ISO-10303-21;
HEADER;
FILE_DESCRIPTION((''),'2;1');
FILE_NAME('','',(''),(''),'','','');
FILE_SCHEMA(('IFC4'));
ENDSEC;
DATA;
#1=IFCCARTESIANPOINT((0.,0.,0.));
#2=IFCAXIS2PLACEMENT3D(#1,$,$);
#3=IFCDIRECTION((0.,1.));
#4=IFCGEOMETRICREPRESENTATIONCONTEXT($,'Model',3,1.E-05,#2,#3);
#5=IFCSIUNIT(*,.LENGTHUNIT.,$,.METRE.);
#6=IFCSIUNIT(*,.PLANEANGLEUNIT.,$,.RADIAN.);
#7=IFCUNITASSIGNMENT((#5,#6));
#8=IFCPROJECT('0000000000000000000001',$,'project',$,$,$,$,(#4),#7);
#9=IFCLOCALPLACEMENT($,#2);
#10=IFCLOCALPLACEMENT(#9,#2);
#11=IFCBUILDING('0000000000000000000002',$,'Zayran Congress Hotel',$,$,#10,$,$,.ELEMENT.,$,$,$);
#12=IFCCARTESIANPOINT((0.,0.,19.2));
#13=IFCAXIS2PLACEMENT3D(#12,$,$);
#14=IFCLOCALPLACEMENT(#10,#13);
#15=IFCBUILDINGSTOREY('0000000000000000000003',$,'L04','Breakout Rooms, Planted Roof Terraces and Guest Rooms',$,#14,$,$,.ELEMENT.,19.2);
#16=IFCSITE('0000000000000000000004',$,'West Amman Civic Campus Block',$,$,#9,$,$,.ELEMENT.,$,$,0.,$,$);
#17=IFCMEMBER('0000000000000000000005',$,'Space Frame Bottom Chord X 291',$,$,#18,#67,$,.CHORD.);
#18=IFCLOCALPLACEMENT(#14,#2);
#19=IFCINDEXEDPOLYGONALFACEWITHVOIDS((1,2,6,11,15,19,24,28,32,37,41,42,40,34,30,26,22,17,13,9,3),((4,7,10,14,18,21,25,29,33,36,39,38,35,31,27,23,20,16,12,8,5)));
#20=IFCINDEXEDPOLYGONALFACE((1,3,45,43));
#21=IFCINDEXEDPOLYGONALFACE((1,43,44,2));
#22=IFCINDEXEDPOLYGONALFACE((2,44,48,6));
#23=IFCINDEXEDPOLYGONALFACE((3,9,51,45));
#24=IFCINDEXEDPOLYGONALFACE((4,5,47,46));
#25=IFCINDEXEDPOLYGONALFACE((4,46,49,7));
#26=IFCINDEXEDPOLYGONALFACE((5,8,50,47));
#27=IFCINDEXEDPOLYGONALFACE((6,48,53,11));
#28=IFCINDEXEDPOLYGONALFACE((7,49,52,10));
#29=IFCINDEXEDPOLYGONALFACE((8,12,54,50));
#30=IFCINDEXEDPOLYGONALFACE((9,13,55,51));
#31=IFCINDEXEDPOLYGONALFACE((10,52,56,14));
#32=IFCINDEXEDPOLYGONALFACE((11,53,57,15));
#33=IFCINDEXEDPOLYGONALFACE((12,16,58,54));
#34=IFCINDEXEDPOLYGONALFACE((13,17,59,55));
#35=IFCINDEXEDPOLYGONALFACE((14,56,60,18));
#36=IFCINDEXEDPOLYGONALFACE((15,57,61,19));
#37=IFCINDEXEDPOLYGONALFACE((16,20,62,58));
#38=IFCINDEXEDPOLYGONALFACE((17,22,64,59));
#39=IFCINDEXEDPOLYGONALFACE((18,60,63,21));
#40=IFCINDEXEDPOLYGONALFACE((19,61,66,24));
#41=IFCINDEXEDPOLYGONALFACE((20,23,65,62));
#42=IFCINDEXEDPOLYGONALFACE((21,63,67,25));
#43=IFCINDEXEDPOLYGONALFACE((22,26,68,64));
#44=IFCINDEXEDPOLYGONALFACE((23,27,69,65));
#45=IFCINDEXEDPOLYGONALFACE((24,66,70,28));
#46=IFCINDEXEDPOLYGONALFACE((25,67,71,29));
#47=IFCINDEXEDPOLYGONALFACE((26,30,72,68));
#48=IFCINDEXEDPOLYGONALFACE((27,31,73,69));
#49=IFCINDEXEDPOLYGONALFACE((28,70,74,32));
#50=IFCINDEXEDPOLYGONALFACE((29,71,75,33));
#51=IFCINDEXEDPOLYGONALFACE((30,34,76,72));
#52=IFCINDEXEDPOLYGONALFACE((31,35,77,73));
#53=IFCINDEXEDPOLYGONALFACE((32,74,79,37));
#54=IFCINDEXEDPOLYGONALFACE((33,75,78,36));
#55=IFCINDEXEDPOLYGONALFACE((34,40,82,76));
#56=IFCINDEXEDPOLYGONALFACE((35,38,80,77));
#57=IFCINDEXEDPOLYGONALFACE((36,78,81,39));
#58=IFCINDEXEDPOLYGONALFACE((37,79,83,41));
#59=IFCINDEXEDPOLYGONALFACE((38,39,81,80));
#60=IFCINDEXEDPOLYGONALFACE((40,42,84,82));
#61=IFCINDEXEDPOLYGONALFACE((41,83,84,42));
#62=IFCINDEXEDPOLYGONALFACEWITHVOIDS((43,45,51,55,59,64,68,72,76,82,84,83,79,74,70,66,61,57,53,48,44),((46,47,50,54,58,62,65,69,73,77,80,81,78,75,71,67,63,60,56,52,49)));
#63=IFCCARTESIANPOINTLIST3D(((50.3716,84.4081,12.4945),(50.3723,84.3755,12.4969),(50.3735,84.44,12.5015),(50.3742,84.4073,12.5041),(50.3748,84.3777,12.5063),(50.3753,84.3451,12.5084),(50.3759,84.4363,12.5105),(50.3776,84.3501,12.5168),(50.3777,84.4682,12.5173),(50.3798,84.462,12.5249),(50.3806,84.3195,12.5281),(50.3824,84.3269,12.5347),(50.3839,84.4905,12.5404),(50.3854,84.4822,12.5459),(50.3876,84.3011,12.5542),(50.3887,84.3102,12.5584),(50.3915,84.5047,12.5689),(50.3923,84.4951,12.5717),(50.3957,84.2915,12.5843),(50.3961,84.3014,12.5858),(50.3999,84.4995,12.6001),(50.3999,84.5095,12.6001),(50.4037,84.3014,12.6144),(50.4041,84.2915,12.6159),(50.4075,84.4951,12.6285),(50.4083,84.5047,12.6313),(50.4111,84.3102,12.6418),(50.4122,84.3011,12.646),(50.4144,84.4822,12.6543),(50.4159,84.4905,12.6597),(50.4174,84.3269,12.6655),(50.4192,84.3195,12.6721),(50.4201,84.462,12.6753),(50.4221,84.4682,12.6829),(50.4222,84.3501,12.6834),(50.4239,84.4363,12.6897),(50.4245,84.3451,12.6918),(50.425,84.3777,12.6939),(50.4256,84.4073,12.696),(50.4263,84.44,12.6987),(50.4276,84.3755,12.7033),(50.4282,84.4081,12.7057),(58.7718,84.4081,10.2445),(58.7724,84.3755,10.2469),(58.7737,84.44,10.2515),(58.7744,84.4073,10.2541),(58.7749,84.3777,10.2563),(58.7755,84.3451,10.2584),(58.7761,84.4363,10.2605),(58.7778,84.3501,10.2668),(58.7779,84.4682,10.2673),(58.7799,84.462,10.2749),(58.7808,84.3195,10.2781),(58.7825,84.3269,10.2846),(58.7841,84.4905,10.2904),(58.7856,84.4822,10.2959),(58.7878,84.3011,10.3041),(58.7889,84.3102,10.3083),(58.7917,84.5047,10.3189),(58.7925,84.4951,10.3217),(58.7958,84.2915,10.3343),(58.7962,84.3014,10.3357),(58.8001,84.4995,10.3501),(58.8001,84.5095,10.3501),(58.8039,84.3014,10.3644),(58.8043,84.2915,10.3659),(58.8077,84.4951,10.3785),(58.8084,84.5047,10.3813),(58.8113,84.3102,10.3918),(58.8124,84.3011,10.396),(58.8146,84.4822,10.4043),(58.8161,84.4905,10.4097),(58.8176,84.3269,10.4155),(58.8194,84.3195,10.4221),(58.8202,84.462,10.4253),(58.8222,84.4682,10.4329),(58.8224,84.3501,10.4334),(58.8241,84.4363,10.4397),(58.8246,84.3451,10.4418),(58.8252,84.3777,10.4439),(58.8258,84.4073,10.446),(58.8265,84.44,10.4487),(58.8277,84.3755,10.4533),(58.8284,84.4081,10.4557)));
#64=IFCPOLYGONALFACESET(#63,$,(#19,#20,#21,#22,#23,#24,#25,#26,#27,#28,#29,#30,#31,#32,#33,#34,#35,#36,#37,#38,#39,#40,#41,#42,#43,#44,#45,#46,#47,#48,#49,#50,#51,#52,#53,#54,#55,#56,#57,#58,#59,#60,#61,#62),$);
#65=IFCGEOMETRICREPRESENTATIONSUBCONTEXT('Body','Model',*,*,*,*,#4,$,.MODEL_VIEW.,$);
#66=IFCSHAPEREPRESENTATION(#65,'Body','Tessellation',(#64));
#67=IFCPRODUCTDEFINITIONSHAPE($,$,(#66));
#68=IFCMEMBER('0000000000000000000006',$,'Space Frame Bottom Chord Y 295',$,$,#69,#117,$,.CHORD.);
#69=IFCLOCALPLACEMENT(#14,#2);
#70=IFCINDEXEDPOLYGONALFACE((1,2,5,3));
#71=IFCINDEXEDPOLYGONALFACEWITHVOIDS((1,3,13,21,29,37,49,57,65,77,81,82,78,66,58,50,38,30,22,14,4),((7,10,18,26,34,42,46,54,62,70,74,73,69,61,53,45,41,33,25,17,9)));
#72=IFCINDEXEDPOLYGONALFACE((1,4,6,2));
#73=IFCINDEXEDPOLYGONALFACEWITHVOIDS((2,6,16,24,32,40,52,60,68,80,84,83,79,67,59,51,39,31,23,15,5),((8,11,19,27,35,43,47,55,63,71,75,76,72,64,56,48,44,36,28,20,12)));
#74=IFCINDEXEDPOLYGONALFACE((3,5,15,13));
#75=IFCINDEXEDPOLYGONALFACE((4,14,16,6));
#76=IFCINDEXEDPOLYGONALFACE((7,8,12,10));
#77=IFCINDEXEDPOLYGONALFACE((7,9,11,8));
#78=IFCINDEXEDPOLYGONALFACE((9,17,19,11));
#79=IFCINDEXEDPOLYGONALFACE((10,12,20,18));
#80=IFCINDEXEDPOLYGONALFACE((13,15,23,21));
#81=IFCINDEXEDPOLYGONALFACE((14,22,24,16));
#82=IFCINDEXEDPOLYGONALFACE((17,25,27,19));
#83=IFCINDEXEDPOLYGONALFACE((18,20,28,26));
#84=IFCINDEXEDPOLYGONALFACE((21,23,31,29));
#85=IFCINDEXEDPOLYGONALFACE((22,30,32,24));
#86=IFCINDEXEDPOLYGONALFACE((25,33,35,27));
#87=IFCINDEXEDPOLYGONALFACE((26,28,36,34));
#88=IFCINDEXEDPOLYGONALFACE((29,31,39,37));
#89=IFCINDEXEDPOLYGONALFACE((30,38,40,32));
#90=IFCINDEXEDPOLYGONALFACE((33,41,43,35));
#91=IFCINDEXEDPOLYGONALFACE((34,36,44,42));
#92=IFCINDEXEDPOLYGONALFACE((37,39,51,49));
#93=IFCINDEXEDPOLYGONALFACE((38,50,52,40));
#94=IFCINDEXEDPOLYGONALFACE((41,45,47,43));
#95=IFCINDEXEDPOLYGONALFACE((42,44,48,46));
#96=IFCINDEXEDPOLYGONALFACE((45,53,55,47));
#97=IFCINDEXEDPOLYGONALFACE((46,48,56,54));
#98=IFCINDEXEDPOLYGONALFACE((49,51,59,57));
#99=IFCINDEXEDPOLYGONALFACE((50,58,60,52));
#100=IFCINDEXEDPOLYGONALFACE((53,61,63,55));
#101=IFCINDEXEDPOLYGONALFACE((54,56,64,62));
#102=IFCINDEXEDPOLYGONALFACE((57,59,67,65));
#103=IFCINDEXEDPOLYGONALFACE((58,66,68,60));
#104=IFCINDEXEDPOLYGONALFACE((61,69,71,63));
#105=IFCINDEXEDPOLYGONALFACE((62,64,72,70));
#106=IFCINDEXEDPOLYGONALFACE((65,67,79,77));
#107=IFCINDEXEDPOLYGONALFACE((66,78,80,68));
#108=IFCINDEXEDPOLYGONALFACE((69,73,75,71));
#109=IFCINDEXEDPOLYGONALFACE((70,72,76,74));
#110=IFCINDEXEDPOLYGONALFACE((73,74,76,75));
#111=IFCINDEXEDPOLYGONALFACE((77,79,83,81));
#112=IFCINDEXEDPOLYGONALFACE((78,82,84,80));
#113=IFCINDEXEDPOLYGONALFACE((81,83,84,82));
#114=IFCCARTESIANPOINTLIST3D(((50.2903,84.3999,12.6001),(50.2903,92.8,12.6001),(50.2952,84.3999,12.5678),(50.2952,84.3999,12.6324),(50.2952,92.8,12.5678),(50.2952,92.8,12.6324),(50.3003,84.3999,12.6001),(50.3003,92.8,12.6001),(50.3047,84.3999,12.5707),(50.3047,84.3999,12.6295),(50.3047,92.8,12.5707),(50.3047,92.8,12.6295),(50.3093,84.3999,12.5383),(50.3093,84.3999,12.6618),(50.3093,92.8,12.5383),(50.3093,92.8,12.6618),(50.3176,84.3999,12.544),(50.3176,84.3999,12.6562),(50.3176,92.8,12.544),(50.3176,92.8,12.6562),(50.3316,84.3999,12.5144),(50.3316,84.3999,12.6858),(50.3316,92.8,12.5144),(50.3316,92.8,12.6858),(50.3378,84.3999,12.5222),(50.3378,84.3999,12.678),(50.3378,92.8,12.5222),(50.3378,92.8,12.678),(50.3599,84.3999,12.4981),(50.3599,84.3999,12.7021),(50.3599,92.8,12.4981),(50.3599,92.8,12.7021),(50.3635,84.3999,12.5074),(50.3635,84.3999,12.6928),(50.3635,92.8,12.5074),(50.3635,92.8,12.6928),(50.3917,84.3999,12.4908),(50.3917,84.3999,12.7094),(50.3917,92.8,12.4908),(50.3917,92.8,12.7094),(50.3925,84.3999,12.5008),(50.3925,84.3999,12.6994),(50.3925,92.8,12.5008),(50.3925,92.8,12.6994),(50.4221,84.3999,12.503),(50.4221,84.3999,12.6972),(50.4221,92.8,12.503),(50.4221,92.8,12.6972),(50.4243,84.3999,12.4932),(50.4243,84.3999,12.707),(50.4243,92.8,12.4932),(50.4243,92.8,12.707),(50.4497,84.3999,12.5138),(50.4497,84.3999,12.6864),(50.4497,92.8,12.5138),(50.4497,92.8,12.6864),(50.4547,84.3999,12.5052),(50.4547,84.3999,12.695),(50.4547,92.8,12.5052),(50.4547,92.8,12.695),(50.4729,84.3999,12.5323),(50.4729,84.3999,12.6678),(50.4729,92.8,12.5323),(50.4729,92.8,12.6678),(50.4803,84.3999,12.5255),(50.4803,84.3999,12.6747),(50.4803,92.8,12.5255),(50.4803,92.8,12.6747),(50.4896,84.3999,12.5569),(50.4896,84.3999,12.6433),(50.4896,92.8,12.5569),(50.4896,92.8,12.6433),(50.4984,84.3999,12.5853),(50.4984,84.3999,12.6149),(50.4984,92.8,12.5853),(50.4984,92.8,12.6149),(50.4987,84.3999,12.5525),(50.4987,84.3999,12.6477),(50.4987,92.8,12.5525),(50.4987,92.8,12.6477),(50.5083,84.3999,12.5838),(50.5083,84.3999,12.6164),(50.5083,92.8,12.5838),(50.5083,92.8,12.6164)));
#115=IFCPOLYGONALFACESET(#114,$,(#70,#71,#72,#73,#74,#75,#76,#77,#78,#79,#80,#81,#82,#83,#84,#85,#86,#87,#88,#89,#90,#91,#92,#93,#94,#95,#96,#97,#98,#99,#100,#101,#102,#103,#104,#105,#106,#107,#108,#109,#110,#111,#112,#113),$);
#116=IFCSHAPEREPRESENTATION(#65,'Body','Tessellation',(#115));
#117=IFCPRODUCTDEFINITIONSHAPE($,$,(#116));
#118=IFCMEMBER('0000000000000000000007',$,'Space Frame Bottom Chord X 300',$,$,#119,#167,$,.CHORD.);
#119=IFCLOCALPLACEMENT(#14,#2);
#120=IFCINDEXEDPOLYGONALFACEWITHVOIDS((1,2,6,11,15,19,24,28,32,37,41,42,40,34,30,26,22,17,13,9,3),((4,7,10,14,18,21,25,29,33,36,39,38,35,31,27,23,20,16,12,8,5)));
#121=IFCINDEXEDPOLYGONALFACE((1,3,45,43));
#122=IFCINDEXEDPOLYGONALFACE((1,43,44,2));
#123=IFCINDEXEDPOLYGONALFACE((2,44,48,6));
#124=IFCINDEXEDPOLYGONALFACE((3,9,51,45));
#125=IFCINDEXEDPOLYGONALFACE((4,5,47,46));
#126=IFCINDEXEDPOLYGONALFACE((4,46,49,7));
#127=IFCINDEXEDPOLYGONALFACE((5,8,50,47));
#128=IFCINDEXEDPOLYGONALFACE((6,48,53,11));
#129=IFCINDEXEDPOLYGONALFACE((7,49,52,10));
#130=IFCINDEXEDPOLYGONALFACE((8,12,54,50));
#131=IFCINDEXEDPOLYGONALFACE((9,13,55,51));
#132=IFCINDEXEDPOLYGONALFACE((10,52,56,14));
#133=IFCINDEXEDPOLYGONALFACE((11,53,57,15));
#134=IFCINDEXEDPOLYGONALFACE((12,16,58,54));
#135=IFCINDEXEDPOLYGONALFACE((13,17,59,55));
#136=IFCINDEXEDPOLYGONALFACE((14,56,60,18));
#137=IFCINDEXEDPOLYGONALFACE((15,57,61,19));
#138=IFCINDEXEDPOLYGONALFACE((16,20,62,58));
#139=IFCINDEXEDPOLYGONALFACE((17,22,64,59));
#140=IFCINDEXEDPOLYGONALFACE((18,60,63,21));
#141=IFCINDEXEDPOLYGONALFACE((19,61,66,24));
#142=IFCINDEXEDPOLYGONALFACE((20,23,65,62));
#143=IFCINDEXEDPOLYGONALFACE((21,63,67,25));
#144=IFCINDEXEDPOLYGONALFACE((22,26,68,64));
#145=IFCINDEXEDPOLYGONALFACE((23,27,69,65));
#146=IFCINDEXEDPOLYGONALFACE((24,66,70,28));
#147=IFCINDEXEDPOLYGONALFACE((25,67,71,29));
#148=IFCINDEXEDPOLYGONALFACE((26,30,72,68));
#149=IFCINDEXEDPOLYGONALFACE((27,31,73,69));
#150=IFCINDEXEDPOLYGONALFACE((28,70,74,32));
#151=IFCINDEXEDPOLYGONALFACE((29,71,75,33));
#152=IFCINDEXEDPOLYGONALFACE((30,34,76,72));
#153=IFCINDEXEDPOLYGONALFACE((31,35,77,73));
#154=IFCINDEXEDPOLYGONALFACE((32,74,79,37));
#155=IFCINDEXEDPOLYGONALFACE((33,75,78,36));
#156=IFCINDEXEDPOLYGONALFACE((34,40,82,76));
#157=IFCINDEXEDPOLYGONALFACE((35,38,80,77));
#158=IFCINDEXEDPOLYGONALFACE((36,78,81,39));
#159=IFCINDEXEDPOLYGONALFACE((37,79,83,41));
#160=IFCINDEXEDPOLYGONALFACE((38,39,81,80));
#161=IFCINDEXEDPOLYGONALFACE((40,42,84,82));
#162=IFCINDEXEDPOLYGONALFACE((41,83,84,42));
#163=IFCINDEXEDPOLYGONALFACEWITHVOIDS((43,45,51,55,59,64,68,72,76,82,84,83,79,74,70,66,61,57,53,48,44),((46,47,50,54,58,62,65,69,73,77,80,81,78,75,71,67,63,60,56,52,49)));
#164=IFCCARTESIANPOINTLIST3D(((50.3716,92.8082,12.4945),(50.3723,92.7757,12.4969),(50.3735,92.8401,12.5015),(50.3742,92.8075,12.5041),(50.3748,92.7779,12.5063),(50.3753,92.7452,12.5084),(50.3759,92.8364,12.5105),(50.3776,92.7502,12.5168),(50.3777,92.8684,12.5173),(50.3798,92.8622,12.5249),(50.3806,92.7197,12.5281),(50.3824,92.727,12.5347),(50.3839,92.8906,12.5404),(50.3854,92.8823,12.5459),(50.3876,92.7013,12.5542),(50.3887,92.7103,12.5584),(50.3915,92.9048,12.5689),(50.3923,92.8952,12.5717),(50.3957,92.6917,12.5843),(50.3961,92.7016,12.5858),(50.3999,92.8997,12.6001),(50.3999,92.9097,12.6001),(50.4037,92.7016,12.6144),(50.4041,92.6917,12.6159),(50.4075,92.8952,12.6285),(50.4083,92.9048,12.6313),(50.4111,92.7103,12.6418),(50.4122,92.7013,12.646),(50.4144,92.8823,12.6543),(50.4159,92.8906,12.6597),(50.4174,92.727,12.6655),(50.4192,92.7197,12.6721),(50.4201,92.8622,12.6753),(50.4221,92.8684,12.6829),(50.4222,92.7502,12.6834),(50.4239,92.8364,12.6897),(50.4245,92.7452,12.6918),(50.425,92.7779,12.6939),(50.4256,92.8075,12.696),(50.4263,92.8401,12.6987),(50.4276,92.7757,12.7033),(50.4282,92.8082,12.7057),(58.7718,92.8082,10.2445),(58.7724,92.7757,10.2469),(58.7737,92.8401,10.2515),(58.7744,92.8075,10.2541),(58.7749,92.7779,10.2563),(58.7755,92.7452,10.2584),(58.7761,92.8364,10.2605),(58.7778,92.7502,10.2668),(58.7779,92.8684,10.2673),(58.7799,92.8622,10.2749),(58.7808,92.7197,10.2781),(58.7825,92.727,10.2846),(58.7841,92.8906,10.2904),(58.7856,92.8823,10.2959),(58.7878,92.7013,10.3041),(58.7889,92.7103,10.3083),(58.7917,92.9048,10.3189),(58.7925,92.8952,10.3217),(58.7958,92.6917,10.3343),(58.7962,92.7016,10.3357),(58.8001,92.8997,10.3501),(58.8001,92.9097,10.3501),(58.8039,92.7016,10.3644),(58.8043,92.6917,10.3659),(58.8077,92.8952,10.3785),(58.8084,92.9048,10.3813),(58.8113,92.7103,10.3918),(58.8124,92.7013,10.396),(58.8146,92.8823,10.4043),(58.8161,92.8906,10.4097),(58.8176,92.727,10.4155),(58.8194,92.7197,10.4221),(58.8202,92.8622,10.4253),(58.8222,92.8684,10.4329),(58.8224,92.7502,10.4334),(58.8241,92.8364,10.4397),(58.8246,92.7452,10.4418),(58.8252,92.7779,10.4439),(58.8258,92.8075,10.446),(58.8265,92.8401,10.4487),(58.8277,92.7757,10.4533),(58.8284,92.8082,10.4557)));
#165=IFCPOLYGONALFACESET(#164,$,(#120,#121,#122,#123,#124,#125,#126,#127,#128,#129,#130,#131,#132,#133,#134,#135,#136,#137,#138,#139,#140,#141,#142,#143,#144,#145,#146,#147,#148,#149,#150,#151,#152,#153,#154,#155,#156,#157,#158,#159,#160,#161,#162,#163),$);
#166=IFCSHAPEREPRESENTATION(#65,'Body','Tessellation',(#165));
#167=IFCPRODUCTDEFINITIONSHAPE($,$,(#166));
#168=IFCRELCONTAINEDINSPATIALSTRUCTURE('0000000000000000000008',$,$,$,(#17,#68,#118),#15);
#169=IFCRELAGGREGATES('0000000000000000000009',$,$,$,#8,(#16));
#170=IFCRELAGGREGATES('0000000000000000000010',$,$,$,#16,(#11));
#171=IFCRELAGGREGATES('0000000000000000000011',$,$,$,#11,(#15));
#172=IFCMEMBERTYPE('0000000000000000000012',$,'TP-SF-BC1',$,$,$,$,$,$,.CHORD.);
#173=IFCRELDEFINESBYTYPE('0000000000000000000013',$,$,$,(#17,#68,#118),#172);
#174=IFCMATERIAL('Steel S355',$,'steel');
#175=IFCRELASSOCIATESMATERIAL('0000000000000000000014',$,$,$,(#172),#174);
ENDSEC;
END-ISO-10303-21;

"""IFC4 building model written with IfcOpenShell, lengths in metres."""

from ifc_helpers import new_model, si_unit, direction, frame, origin, origin_2d, place, context, subcontext, project, spatial, hollow_circle, extrude, material, material_profile, profile_set, type_object, element, save


model = new_model("IFC4")

# Units and contexts
model_context = context("Model", 3, precision=1e-05, world=origin(), true_north=direction((0.0, 1.0)))
body_context = subcontext(model_context, "Body", "Model", "MODEL_VIEW")
ifc_project = project(units=[si_unit("LENGTHUNIT", "METRE"), si_unit("PLANEANGLEUNIT", "RADIAN")], contexts=[model_context])

# Site, building, storey
site_placement = place(None, origin())
site = spatial("IfcSite", under=ifc_project, at=site_placement, Name="West Amman Civic Campus Block", CompositionType="ELEMENT", RefElevation=0.0)
building_placement = place(site_placement, origin())
building = spatial("IfcBuilding", under=site, at=building_placement, Name="Zayran Congress Hotel", CompositionType="ELEMENT")
storey_placement = place(building_placement, frame((0.0, 0.0, 19.2)))
storey = spatial("IfcBuildingStorey", under=building, at=storey_placement, Name="L04", Description="Breakout Rooms, Planted Roof Terraces and Guest Rooms", CompositionType="ELEMENT", Elevation=19.2)

# Members
ifc_material_1 = material(Name="Steel S355", Category="steel")
ifc_material_profile_1 = material_profile(ifc_material_1, hollow_circle(Radius=0.1096, WallThickness=0.01, at=origin_2d()), Name="CHS 219.1x10")
ifc_profile_set_1 = profile_set([ifc_material_profile_1], Name="Steel S355")
member_type_1 = type_object("IfcMemberType", Name="TP-SF-BC1", PredefinedType="CHORD", material=ifc_profile_set_1)
member_1_placement = place(storey_placement, frame((50.3999, 84.3999, 12.6001), z_axis=(0.965949, 0.0, -0.258732), x_axis=(0.0, 1.0, 0.0)))
element("IfcMember", 1, at=member_1_placement, inside=storey, type_object=member_type_1, Name="Space Frame Bottom Chord X 291", PredefinedType="CHORD", context=body_context, shape_type="SweptSolid", body=[
    extrude(hollow_circle(Radius=0.1096, WallThickness=0.01, at=origin_2d()), origin(), (0.0, 0.0, 1.0), 8.6963),
])
member_2_placement = place(storey_placement, frame((50.3999, 84.3999, 12.6001), z_axis=(0.0, 1.0, 0.0), x_axis=(-1.0, 0.0, 0.0)))
element("IfcMember", 2, at=member_2_placement, inside=storey, type_object=member_type_1, Name="Space Frame Bottom Chord Y 295", PredefinedType="CHORD", context=body_context, shape_type="SweptSolid", body=[
    extrude(hollow_circle(Radius=0.1096, WallThickness=0.01, at=origin_2d()), origin(), (0.0, 0.0, 1.0), 8.4001),
])
member_3_placement = place(storey_placement, frame((50.3999, 92.8, 12.6001), z_axis=(0.965949, 0.0, -0.258732), x_axis=(0.0, 1.0, 0.0)))
element("IfcMember", 3, at=member_3_placement, inside=storey, type_object=member_type_1, Name="Space Frame Bottom Chord X 300", PredefinedType="CHORD", context=body_context, shape_type="SweptSolid", body=[
    extrude(hollow_circle(Radius=0.1096, WallThickness=0.01, at=origin_2d()), origin(), (0.0, 0.0, 1.0), 8.6963),
])

save(model, "model.ifc")
